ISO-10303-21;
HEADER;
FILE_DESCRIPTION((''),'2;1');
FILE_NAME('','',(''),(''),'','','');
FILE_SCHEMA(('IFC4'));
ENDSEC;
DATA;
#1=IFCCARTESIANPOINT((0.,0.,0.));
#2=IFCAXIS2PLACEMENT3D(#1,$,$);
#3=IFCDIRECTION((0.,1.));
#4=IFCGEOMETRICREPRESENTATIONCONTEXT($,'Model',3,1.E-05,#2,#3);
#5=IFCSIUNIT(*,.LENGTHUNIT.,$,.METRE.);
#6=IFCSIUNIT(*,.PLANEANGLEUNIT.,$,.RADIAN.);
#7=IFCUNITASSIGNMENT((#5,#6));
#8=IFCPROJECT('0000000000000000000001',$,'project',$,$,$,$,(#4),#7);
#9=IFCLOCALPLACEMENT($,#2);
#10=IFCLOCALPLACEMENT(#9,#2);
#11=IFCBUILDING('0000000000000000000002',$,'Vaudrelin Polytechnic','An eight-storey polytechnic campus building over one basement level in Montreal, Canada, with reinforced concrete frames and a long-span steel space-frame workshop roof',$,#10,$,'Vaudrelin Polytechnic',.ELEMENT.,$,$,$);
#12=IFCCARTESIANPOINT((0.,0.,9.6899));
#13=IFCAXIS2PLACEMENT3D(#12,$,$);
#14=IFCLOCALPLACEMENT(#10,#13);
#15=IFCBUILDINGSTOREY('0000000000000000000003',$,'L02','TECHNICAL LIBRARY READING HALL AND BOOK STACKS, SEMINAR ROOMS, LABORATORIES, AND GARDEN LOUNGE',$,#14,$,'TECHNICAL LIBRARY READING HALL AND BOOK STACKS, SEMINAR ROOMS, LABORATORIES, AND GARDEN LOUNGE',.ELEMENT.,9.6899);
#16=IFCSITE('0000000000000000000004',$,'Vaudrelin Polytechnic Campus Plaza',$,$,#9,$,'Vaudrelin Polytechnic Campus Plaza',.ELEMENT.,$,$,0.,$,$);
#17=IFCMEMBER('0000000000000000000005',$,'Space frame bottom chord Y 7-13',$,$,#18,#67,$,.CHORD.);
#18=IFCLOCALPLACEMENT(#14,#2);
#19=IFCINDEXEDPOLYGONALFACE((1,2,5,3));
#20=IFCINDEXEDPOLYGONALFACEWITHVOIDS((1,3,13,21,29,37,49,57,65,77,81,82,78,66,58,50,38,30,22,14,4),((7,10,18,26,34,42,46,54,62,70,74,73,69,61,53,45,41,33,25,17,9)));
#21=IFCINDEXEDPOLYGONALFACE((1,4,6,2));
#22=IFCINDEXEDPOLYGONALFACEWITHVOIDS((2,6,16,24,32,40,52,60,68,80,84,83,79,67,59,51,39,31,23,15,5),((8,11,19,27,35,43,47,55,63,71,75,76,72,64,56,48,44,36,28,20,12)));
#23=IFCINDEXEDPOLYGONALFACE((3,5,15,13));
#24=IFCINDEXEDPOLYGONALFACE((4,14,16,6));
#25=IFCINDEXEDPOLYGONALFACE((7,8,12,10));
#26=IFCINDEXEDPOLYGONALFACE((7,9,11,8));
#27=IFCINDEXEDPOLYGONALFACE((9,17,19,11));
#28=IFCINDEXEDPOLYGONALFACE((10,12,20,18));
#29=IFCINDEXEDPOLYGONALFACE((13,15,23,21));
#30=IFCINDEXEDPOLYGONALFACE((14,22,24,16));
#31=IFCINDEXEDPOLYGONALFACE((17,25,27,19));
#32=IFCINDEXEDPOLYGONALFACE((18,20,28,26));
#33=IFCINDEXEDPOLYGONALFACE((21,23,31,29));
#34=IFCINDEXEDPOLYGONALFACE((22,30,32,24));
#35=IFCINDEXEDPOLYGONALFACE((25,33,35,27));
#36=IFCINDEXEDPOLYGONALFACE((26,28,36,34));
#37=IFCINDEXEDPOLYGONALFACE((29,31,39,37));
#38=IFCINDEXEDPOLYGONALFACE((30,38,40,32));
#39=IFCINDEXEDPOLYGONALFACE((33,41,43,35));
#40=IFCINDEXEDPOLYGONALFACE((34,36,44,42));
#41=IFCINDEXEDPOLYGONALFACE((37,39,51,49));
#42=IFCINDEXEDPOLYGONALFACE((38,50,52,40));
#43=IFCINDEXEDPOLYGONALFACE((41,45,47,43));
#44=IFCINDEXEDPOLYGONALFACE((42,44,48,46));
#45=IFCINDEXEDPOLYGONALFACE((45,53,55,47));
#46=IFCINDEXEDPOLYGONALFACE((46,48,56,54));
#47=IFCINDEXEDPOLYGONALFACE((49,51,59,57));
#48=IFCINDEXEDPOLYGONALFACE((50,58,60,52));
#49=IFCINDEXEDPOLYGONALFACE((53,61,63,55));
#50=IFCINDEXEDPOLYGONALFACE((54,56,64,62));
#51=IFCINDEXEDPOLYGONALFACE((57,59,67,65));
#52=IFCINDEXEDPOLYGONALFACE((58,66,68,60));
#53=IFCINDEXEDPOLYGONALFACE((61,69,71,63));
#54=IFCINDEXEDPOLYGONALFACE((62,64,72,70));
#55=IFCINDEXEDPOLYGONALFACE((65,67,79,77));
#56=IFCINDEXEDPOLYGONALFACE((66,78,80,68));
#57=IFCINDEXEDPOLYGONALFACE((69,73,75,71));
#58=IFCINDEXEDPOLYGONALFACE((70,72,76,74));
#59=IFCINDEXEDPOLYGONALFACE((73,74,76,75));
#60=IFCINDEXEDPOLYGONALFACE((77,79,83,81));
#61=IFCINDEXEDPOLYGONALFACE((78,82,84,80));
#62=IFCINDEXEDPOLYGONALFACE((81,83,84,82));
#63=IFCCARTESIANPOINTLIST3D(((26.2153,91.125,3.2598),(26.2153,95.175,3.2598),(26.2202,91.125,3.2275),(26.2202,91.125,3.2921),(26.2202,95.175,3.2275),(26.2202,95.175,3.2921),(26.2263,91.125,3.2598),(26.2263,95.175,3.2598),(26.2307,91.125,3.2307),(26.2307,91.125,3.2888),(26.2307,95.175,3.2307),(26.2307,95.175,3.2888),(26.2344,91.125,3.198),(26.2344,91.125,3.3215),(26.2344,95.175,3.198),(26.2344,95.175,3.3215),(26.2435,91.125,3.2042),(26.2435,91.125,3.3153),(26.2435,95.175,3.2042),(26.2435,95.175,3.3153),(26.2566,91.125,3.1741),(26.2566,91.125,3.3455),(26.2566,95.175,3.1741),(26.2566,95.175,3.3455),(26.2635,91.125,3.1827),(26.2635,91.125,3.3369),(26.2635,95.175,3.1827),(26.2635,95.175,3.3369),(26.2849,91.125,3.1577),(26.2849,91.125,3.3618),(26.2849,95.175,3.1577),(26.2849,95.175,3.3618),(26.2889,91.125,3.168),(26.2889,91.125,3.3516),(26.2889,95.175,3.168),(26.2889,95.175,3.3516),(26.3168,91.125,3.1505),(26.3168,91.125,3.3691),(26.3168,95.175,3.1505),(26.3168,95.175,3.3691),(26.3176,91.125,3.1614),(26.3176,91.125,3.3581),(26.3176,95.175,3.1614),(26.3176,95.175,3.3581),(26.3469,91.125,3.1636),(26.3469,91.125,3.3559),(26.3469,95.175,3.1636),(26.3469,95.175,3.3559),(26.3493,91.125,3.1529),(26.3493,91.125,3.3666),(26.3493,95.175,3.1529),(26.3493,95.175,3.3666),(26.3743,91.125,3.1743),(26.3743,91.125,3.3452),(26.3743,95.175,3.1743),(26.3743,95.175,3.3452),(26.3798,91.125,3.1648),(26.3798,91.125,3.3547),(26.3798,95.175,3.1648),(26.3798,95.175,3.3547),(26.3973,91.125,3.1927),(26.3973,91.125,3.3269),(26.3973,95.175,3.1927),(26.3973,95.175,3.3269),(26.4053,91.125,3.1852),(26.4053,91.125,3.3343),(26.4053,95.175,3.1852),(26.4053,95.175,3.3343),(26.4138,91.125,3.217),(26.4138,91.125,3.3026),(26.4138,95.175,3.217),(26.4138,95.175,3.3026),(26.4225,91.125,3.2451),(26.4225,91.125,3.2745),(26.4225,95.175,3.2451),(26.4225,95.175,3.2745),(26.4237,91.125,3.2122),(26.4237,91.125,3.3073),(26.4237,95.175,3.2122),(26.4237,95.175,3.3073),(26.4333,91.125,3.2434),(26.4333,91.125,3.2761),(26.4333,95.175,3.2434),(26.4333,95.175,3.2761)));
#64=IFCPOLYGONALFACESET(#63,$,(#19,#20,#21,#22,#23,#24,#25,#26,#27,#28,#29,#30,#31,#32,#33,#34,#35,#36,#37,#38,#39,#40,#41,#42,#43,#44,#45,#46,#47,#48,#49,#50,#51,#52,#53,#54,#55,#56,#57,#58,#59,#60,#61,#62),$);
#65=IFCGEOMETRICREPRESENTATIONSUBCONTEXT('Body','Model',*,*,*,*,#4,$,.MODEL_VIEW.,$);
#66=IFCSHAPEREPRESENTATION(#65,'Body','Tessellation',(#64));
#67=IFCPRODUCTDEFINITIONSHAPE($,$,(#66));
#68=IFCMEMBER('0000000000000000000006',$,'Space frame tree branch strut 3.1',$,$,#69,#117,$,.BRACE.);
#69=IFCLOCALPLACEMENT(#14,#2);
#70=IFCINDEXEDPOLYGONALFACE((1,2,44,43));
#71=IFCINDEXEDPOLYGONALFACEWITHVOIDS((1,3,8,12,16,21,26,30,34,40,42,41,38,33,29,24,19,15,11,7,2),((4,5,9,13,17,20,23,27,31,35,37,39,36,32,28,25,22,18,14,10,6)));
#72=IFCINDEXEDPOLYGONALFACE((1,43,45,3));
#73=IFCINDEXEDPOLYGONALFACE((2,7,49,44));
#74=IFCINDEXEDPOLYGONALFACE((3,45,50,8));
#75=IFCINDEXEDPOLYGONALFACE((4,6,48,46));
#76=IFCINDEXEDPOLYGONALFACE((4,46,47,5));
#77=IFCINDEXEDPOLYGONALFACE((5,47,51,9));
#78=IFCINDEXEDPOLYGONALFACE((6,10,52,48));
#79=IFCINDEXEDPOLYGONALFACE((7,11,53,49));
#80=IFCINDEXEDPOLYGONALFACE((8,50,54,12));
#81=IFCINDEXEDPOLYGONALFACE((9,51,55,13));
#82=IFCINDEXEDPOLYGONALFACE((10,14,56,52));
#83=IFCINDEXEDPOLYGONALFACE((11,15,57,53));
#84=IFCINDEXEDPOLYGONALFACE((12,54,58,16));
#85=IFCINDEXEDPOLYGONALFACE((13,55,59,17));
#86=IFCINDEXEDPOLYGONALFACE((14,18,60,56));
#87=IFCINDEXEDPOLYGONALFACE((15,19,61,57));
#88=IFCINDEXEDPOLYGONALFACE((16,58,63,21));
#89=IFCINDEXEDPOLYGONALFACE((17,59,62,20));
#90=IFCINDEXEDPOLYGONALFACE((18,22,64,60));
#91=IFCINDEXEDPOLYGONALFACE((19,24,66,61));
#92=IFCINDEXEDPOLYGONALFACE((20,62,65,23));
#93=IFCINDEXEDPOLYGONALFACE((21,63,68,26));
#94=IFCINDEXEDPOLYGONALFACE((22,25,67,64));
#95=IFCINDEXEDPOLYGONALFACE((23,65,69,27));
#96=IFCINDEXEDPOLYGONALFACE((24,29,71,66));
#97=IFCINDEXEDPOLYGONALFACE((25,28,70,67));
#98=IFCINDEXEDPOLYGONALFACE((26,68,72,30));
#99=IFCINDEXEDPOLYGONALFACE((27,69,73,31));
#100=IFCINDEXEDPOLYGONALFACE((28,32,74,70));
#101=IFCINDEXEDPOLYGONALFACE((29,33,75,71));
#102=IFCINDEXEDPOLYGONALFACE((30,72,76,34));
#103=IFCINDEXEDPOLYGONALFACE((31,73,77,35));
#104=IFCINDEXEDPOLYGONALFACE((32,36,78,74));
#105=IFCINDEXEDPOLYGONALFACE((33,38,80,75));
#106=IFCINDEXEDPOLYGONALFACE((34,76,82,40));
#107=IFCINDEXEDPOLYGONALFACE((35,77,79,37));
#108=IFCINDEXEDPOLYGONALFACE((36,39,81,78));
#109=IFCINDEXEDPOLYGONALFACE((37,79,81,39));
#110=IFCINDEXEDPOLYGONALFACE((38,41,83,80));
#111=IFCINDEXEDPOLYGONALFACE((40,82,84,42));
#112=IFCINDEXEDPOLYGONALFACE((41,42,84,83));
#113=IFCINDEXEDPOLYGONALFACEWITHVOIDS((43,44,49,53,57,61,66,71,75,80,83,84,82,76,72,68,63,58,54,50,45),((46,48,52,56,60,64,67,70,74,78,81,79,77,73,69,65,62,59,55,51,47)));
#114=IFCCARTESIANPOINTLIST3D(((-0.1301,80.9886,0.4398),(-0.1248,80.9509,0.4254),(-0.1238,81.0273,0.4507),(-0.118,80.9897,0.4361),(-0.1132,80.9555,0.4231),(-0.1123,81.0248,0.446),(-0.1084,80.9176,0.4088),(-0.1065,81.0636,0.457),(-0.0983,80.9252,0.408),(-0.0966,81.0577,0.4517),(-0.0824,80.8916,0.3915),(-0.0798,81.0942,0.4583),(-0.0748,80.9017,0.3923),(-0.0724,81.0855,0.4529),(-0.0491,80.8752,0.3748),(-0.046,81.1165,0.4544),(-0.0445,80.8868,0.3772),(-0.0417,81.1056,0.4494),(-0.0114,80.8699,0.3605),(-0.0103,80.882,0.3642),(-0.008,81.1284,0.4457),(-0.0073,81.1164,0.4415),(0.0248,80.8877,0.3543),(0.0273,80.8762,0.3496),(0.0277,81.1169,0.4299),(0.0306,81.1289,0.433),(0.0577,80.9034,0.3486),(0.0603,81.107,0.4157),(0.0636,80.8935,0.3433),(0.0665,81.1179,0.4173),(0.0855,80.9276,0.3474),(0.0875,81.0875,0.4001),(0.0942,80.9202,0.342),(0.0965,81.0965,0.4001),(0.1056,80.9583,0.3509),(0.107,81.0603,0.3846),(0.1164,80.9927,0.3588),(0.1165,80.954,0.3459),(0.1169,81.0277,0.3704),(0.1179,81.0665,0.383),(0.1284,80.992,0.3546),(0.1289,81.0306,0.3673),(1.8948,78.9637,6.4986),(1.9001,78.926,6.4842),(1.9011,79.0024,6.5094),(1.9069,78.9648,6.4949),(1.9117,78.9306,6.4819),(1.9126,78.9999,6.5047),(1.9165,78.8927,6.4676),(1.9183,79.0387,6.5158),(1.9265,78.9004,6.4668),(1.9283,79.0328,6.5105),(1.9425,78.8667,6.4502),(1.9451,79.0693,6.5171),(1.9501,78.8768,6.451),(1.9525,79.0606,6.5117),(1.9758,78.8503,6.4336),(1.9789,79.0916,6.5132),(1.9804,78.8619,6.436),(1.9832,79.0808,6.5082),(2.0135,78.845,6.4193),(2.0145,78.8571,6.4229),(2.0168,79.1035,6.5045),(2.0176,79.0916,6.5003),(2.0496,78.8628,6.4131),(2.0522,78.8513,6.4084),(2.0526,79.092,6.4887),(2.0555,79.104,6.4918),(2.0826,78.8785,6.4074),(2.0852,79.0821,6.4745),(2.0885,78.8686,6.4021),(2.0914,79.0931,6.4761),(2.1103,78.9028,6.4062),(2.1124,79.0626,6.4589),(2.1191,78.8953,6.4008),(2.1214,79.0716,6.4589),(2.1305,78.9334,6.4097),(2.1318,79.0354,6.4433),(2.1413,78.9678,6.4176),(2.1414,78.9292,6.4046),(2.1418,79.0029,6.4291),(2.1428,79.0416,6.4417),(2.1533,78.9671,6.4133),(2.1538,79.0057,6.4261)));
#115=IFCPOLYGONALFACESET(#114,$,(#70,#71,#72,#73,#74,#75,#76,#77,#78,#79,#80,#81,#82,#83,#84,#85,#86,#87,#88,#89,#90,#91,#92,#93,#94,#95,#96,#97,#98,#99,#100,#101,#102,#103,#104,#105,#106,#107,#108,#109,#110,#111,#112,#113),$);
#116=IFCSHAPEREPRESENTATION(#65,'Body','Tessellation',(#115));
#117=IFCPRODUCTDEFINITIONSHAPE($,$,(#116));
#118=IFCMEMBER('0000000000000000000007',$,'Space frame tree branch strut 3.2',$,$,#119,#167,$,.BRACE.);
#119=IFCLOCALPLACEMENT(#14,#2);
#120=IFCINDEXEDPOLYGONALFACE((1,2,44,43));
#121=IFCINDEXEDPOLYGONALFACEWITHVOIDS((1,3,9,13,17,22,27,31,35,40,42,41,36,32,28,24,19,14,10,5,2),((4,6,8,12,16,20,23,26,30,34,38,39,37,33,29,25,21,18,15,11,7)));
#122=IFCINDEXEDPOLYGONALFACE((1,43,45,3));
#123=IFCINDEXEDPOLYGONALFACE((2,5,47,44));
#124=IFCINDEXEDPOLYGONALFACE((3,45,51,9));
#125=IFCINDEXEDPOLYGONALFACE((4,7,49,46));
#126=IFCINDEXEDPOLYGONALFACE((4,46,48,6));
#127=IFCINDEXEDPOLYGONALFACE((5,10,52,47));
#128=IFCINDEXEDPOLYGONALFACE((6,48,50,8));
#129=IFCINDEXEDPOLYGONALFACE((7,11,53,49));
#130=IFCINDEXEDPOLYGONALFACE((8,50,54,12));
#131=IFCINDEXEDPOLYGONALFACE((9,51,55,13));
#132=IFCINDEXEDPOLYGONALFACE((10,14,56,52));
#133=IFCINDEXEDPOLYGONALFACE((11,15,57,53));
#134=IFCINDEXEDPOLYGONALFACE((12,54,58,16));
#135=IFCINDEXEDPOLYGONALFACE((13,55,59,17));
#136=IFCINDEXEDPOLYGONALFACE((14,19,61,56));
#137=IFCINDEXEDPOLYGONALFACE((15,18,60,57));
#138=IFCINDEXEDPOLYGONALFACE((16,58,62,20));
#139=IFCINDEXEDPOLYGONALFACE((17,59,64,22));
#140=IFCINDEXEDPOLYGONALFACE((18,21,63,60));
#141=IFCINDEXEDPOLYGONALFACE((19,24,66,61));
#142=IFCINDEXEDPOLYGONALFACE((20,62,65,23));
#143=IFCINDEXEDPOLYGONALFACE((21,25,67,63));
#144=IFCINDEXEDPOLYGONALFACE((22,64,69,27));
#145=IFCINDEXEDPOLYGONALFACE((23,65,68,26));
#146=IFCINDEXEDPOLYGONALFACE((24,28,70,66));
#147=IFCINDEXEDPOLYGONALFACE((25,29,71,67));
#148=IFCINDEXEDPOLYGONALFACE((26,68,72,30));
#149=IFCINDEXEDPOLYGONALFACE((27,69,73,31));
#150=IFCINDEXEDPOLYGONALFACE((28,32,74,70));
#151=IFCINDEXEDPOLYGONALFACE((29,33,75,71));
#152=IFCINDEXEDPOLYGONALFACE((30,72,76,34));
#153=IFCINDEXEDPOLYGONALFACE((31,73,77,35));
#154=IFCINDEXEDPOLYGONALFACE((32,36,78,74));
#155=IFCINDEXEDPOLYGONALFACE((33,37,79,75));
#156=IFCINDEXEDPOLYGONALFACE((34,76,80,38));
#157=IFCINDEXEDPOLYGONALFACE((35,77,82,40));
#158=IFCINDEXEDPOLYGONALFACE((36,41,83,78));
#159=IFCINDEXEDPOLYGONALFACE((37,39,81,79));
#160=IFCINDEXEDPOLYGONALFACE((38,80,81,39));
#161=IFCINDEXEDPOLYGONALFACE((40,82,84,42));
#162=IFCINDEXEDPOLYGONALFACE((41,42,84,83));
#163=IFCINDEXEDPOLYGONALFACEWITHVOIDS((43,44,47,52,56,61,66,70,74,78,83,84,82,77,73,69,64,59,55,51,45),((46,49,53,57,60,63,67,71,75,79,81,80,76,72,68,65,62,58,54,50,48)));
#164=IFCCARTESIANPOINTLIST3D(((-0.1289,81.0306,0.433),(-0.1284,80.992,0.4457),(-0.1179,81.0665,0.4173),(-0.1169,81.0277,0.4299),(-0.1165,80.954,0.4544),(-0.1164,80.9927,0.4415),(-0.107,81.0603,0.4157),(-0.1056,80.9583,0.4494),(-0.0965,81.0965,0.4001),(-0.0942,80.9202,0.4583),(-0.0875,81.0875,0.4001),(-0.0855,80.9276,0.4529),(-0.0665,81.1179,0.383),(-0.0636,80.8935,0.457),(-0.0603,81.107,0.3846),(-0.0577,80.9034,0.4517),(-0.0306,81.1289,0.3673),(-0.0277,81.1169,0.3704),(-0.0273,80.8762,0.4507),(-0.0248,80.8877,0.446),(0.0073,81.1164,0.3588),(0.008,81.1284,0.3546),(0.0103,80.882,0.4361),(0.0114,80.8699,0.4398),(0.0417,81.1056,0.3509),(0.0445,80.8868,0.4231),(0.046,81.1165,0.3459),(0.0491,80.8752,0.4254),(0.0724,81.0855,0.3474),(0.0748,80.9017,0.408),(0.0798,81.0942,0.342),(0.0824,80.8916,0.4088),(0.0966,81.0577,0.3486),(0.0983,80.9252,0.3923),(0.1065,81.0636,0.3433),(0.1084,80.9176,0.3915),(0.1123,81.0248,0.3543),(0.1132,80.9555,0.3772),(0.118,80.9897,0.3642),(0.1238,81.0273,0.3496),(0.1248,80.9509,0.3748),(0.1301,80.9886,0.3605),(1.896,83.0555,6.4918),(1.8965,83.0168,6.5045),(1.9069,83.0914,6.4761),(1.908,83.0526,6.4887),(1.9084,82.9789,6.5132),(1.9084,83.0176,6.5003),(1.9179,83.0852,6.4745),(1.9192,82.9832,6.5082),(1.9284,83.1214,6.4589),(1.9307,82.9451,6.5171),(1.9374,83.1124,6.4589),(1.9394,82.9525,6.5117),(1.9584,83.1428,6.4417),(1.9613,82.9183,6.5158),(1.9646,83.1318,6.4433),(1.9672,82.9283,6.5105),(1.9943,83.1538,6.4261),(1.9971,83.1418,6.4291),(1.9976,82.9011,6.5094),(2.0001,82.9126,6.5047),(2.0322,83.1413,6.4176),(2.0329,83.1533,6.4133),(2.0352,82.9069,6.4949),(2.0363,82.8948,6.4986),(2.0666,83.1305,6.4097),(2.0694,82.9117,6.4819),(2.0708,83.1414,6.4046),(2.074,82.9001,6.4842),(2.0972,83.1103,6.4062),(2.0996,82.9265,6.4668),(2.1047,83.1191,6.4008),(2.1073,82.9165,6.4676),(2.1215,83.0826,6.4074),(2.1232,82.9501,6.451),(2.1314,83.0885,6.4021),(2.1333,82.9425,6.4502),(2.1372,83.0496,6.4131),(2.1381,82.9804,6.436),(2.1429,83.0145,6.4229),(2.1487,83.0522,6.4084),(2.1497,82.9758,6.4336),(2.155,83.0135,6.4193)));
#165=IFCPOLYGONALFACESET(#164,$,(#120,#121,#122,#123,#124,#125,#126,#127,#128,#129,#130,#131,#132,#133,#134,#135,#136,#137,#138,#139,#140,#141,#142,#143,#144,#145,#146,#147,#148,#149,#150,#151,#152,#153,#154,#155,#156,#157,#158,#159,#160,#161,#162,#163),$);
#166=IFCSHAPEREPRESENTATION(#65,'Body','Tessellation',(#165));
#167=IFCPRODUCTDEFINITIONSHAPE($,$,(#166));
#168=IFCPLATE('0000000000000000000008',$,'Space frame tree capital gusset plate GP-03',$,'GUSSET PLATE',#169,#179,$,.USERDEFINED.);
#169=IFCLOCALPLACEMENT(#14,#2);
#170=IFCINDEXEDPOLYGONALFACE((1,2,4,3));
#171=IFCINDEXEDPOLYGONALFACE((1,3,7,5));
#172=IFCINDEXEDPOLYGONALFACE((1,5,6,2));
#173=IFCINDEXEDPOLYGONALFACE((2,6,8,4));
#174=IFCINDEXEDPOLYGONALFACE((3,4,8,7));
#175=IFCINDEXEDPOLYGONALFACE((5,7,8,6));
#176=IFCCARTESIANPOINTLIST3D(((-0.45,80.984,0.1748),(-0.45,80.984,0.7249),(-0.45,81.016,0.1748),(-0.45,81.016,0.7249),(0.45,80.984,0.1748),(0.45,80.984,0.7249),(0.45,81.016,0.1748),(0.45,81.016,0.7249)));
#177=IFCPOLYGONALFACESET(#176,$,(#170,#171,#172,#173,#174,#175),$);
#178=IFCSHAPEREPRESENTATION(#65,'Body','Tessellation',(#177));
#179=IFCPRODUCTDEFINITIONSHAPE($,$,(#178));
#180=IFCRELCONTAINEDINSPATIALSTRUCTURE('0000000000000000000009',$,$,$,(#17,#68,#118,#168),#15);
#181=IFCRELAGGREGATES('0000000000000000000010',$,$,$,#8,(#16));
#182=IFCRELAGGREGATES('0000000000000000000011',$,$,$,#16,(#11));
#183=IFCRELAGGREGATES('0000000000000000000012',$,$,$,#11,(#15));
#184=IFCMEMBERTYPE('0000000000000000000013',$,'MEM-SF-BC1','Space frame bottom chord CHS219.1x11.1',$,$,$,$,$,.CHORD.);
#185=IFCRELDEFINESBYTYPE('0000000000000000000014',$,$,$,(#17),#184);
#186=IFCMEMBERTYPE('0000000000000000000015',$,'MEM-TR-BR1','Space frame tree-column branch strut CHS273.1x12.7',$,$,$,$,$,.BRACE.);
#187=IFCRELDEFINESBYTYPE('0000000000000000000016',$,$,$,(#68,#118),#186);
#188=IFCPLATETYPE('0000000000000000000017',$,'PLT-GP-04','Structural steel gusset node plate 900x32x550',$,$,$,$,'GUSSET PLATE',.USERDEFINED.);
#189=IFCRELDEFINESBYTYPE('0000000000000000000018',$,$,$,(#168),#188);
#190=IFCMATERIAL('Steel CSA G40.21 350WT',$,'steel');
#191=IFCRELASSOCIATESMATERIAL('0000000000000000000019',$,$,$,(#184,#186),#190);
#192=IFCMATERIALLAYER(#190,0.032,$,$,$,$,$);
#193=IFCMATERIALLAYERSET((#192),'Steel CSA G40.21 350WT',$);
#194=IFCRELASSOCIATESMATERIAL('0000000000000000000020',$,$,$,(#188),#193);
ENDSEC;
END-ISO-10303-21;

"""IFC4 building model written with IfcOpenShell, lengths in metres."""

from ifc_helpers import new_model, si_unit, direction, frame, origin, origin_2d, place, context, subcontext, project, spatial, rectangle, hollow_circle, extrude, material, layer, layer_set, material_profile, profile_set, type_object, element, save


model = new_model("IFC4")

# Units and contexts
model_context = context("Model", 3, precision=1e-05, world=origin(), true_north=direction((0.0, 1.0)))
body_context = subcontext(model_context, "Body", "Model", "MODEL_VIEW")
ifc_project = project(units=[si_unit("LENGTHUNIT", "METRE"), si_unit("PLANEANGLEUNIT", "RADIAN")], contexts=[model_context])

# Site, building, storey
site_placement = place(None, origin())
site = spatial("IfcSite", under=ifc_project, at=site_placement, Name="Vaudrelin Polytechnic Campus Plaza", LongName="Vaudrelin Polytechnic Campus Plaza", CompositionType="ELEMENT", RefElevation=0.0)
building_placement = place(site_placement, origin())
building = spatial("IfcBuilding", under=site, at=building_placement, Name="Vaudrelin Polytechnic", Description="An eight-storey polytechnic campus building over one basement level in Montreal, Canada, with reinforced concrete frames and a long-span steel space-frame workshop roof", LongName="Vaudrelin Polytechnic", CompositionType="ELEMENT")
storey_placement = place(building_placement, frame((0.0, 0.0, 9.6899)))
storey = spatial("IfcBuildingStorey", under=building, at=storey_placement, Name="L02", Description="TECHNICAL LIBRARY READING HALL AND BOOK STACKS, SEMINAR ROOMS, LABORATORIES, AND GARDEN LOUNGE", LongName="TECHNICAL LIBRARY READING HALL AND BOOK STACKS, SEMINAR ROOMS, LABORATORIES, AND GARDEN LOUNGE", CompositionType="ELEMENT", Elevation=9.6899)

# Shared definitions
ifc_material_1 = material(Name="Steel CSA G40.21 350WT", Category="steel")

# Members
ifc_material_profile_1 = material_profile(ifc_material_1, hollow_circle(Radius=0.1096, WallThickness=0.011, at=origin_2d()), Name="CHS219.1x11.1")
ifc_profile_set_1 = profile_set([ifc_material_profile_1], Name="Steel CSA G40.21 350WT")
member_type_1 = type_object("IfcMemberType", Name="MEM-SF-BC1", Description="Space frame bottom chord CHS219.1x11.1", PredefinedType="CHORD", material=ifc_profile_set_1)
for number, where, z_axis, x_axis, name in (
    (1, (26.325, 91.125, 3.2598), (0.0, 1.0, 0.0), (-1.0, 0.0, 0.0), "Space frame bottom chord Y 7-13"),
):
    element("IfcMember", number, at=place(storey_placement, frame(where, z_axis=z_axis, x_axis=x_axis)), inside=storey, type_object=member_type_1, Name=name, PredefinedType="CHORD", context=body_context, shape_type="SweptSolid", body=[
        extrude(hollow_circle(Radius=0.1096, WallThickness=0.011, at=origin_2d()), origin(), (0.0, 0.0, 1.0), 4.05),
    ])
ifc_material_profile_2 = material_profile(ifc_material_1, hollow_circle(Radius=0.1365, WallThickness=0.0127, at=origin_2d()), Name="CHS273.1x12.7")
ifc_profile_set_2 = profile_set([ifc_material_profile_2], Name="Steel CSA G40.21 350WT")
member_type_2 = type_object("IfcMemberType", Name="MEM-TR-BR1", Description="Space frame tree-column branch strut CHS273.1x12.7", PredefinedType="BRACE", material=ifc_profile_set_2)
for number, where, z_axis, x_axis, name in (
    (2, (0.0, 81.0, 0.4001), (0.302157, -0.302157, 0.904103), (0.707107, 0.707107, 0.0), "Space frame tree branch strut 3.1"),
    (3, (0.0, 81.0, 0.4001), (0.302157, 0.302157, 0.904103), (-0.707107, 0.707107, 0.0), "Space frame tree branch strut 3.2"),
):
    element("IfcMember", number, at=place(storey_placement, frame(where, z_axis=z_axis, x_axis=x_axis)), inside=storey, type_object=member_type_2, Name=name, PredefinedType="BRACE", context=body_context, shape_type="SweptSolid", body=[
        extrude(hollow_circle(Radius=0.1365, WallThickness=0.0127, at=origin_2d()), origin(), (0.0, 0.0, 1.0), 6.7014),
    ])

# Plate
ifc_layer_1 = layer(ifc_material_1, 0.032)
ifc_layer_set_1 = layer_set([ifc_layer_1], Name="Steel CSA G40.21 350WT")
plate_type = type_object("IfcPlateType", Name="PLT-GP-04", Description="Structural steel gusset node plate 900x32x550", ElementType="GUSSET PLATE", PredefinedType="USERDEFINED", material=ifc_layer_set_1)
plate_placement = place(storey_placement, frame((0.0, 81.0, 0.1748), z_axis=(0.0, 0.0, 1.0), x_axis=(1.0, 0.0, 0.0)))
element("IfcPlate", 4, at=plate_placement, inside=storey, type_object=plate_type, Name="Space frame tree capital gusset plate GP-03", ObjectType="GUSSET PLATE", PredefinedType="USERDEFINED", context=body_context, shape_type="SweptSolid", body=[
    extrude(rectangle(XDim=0.8999, YDim=0.032, at=origin_2d()), origin(), (0.0, 0.0, 1.0), 0.55),
])

save(model, "model.ifc")
